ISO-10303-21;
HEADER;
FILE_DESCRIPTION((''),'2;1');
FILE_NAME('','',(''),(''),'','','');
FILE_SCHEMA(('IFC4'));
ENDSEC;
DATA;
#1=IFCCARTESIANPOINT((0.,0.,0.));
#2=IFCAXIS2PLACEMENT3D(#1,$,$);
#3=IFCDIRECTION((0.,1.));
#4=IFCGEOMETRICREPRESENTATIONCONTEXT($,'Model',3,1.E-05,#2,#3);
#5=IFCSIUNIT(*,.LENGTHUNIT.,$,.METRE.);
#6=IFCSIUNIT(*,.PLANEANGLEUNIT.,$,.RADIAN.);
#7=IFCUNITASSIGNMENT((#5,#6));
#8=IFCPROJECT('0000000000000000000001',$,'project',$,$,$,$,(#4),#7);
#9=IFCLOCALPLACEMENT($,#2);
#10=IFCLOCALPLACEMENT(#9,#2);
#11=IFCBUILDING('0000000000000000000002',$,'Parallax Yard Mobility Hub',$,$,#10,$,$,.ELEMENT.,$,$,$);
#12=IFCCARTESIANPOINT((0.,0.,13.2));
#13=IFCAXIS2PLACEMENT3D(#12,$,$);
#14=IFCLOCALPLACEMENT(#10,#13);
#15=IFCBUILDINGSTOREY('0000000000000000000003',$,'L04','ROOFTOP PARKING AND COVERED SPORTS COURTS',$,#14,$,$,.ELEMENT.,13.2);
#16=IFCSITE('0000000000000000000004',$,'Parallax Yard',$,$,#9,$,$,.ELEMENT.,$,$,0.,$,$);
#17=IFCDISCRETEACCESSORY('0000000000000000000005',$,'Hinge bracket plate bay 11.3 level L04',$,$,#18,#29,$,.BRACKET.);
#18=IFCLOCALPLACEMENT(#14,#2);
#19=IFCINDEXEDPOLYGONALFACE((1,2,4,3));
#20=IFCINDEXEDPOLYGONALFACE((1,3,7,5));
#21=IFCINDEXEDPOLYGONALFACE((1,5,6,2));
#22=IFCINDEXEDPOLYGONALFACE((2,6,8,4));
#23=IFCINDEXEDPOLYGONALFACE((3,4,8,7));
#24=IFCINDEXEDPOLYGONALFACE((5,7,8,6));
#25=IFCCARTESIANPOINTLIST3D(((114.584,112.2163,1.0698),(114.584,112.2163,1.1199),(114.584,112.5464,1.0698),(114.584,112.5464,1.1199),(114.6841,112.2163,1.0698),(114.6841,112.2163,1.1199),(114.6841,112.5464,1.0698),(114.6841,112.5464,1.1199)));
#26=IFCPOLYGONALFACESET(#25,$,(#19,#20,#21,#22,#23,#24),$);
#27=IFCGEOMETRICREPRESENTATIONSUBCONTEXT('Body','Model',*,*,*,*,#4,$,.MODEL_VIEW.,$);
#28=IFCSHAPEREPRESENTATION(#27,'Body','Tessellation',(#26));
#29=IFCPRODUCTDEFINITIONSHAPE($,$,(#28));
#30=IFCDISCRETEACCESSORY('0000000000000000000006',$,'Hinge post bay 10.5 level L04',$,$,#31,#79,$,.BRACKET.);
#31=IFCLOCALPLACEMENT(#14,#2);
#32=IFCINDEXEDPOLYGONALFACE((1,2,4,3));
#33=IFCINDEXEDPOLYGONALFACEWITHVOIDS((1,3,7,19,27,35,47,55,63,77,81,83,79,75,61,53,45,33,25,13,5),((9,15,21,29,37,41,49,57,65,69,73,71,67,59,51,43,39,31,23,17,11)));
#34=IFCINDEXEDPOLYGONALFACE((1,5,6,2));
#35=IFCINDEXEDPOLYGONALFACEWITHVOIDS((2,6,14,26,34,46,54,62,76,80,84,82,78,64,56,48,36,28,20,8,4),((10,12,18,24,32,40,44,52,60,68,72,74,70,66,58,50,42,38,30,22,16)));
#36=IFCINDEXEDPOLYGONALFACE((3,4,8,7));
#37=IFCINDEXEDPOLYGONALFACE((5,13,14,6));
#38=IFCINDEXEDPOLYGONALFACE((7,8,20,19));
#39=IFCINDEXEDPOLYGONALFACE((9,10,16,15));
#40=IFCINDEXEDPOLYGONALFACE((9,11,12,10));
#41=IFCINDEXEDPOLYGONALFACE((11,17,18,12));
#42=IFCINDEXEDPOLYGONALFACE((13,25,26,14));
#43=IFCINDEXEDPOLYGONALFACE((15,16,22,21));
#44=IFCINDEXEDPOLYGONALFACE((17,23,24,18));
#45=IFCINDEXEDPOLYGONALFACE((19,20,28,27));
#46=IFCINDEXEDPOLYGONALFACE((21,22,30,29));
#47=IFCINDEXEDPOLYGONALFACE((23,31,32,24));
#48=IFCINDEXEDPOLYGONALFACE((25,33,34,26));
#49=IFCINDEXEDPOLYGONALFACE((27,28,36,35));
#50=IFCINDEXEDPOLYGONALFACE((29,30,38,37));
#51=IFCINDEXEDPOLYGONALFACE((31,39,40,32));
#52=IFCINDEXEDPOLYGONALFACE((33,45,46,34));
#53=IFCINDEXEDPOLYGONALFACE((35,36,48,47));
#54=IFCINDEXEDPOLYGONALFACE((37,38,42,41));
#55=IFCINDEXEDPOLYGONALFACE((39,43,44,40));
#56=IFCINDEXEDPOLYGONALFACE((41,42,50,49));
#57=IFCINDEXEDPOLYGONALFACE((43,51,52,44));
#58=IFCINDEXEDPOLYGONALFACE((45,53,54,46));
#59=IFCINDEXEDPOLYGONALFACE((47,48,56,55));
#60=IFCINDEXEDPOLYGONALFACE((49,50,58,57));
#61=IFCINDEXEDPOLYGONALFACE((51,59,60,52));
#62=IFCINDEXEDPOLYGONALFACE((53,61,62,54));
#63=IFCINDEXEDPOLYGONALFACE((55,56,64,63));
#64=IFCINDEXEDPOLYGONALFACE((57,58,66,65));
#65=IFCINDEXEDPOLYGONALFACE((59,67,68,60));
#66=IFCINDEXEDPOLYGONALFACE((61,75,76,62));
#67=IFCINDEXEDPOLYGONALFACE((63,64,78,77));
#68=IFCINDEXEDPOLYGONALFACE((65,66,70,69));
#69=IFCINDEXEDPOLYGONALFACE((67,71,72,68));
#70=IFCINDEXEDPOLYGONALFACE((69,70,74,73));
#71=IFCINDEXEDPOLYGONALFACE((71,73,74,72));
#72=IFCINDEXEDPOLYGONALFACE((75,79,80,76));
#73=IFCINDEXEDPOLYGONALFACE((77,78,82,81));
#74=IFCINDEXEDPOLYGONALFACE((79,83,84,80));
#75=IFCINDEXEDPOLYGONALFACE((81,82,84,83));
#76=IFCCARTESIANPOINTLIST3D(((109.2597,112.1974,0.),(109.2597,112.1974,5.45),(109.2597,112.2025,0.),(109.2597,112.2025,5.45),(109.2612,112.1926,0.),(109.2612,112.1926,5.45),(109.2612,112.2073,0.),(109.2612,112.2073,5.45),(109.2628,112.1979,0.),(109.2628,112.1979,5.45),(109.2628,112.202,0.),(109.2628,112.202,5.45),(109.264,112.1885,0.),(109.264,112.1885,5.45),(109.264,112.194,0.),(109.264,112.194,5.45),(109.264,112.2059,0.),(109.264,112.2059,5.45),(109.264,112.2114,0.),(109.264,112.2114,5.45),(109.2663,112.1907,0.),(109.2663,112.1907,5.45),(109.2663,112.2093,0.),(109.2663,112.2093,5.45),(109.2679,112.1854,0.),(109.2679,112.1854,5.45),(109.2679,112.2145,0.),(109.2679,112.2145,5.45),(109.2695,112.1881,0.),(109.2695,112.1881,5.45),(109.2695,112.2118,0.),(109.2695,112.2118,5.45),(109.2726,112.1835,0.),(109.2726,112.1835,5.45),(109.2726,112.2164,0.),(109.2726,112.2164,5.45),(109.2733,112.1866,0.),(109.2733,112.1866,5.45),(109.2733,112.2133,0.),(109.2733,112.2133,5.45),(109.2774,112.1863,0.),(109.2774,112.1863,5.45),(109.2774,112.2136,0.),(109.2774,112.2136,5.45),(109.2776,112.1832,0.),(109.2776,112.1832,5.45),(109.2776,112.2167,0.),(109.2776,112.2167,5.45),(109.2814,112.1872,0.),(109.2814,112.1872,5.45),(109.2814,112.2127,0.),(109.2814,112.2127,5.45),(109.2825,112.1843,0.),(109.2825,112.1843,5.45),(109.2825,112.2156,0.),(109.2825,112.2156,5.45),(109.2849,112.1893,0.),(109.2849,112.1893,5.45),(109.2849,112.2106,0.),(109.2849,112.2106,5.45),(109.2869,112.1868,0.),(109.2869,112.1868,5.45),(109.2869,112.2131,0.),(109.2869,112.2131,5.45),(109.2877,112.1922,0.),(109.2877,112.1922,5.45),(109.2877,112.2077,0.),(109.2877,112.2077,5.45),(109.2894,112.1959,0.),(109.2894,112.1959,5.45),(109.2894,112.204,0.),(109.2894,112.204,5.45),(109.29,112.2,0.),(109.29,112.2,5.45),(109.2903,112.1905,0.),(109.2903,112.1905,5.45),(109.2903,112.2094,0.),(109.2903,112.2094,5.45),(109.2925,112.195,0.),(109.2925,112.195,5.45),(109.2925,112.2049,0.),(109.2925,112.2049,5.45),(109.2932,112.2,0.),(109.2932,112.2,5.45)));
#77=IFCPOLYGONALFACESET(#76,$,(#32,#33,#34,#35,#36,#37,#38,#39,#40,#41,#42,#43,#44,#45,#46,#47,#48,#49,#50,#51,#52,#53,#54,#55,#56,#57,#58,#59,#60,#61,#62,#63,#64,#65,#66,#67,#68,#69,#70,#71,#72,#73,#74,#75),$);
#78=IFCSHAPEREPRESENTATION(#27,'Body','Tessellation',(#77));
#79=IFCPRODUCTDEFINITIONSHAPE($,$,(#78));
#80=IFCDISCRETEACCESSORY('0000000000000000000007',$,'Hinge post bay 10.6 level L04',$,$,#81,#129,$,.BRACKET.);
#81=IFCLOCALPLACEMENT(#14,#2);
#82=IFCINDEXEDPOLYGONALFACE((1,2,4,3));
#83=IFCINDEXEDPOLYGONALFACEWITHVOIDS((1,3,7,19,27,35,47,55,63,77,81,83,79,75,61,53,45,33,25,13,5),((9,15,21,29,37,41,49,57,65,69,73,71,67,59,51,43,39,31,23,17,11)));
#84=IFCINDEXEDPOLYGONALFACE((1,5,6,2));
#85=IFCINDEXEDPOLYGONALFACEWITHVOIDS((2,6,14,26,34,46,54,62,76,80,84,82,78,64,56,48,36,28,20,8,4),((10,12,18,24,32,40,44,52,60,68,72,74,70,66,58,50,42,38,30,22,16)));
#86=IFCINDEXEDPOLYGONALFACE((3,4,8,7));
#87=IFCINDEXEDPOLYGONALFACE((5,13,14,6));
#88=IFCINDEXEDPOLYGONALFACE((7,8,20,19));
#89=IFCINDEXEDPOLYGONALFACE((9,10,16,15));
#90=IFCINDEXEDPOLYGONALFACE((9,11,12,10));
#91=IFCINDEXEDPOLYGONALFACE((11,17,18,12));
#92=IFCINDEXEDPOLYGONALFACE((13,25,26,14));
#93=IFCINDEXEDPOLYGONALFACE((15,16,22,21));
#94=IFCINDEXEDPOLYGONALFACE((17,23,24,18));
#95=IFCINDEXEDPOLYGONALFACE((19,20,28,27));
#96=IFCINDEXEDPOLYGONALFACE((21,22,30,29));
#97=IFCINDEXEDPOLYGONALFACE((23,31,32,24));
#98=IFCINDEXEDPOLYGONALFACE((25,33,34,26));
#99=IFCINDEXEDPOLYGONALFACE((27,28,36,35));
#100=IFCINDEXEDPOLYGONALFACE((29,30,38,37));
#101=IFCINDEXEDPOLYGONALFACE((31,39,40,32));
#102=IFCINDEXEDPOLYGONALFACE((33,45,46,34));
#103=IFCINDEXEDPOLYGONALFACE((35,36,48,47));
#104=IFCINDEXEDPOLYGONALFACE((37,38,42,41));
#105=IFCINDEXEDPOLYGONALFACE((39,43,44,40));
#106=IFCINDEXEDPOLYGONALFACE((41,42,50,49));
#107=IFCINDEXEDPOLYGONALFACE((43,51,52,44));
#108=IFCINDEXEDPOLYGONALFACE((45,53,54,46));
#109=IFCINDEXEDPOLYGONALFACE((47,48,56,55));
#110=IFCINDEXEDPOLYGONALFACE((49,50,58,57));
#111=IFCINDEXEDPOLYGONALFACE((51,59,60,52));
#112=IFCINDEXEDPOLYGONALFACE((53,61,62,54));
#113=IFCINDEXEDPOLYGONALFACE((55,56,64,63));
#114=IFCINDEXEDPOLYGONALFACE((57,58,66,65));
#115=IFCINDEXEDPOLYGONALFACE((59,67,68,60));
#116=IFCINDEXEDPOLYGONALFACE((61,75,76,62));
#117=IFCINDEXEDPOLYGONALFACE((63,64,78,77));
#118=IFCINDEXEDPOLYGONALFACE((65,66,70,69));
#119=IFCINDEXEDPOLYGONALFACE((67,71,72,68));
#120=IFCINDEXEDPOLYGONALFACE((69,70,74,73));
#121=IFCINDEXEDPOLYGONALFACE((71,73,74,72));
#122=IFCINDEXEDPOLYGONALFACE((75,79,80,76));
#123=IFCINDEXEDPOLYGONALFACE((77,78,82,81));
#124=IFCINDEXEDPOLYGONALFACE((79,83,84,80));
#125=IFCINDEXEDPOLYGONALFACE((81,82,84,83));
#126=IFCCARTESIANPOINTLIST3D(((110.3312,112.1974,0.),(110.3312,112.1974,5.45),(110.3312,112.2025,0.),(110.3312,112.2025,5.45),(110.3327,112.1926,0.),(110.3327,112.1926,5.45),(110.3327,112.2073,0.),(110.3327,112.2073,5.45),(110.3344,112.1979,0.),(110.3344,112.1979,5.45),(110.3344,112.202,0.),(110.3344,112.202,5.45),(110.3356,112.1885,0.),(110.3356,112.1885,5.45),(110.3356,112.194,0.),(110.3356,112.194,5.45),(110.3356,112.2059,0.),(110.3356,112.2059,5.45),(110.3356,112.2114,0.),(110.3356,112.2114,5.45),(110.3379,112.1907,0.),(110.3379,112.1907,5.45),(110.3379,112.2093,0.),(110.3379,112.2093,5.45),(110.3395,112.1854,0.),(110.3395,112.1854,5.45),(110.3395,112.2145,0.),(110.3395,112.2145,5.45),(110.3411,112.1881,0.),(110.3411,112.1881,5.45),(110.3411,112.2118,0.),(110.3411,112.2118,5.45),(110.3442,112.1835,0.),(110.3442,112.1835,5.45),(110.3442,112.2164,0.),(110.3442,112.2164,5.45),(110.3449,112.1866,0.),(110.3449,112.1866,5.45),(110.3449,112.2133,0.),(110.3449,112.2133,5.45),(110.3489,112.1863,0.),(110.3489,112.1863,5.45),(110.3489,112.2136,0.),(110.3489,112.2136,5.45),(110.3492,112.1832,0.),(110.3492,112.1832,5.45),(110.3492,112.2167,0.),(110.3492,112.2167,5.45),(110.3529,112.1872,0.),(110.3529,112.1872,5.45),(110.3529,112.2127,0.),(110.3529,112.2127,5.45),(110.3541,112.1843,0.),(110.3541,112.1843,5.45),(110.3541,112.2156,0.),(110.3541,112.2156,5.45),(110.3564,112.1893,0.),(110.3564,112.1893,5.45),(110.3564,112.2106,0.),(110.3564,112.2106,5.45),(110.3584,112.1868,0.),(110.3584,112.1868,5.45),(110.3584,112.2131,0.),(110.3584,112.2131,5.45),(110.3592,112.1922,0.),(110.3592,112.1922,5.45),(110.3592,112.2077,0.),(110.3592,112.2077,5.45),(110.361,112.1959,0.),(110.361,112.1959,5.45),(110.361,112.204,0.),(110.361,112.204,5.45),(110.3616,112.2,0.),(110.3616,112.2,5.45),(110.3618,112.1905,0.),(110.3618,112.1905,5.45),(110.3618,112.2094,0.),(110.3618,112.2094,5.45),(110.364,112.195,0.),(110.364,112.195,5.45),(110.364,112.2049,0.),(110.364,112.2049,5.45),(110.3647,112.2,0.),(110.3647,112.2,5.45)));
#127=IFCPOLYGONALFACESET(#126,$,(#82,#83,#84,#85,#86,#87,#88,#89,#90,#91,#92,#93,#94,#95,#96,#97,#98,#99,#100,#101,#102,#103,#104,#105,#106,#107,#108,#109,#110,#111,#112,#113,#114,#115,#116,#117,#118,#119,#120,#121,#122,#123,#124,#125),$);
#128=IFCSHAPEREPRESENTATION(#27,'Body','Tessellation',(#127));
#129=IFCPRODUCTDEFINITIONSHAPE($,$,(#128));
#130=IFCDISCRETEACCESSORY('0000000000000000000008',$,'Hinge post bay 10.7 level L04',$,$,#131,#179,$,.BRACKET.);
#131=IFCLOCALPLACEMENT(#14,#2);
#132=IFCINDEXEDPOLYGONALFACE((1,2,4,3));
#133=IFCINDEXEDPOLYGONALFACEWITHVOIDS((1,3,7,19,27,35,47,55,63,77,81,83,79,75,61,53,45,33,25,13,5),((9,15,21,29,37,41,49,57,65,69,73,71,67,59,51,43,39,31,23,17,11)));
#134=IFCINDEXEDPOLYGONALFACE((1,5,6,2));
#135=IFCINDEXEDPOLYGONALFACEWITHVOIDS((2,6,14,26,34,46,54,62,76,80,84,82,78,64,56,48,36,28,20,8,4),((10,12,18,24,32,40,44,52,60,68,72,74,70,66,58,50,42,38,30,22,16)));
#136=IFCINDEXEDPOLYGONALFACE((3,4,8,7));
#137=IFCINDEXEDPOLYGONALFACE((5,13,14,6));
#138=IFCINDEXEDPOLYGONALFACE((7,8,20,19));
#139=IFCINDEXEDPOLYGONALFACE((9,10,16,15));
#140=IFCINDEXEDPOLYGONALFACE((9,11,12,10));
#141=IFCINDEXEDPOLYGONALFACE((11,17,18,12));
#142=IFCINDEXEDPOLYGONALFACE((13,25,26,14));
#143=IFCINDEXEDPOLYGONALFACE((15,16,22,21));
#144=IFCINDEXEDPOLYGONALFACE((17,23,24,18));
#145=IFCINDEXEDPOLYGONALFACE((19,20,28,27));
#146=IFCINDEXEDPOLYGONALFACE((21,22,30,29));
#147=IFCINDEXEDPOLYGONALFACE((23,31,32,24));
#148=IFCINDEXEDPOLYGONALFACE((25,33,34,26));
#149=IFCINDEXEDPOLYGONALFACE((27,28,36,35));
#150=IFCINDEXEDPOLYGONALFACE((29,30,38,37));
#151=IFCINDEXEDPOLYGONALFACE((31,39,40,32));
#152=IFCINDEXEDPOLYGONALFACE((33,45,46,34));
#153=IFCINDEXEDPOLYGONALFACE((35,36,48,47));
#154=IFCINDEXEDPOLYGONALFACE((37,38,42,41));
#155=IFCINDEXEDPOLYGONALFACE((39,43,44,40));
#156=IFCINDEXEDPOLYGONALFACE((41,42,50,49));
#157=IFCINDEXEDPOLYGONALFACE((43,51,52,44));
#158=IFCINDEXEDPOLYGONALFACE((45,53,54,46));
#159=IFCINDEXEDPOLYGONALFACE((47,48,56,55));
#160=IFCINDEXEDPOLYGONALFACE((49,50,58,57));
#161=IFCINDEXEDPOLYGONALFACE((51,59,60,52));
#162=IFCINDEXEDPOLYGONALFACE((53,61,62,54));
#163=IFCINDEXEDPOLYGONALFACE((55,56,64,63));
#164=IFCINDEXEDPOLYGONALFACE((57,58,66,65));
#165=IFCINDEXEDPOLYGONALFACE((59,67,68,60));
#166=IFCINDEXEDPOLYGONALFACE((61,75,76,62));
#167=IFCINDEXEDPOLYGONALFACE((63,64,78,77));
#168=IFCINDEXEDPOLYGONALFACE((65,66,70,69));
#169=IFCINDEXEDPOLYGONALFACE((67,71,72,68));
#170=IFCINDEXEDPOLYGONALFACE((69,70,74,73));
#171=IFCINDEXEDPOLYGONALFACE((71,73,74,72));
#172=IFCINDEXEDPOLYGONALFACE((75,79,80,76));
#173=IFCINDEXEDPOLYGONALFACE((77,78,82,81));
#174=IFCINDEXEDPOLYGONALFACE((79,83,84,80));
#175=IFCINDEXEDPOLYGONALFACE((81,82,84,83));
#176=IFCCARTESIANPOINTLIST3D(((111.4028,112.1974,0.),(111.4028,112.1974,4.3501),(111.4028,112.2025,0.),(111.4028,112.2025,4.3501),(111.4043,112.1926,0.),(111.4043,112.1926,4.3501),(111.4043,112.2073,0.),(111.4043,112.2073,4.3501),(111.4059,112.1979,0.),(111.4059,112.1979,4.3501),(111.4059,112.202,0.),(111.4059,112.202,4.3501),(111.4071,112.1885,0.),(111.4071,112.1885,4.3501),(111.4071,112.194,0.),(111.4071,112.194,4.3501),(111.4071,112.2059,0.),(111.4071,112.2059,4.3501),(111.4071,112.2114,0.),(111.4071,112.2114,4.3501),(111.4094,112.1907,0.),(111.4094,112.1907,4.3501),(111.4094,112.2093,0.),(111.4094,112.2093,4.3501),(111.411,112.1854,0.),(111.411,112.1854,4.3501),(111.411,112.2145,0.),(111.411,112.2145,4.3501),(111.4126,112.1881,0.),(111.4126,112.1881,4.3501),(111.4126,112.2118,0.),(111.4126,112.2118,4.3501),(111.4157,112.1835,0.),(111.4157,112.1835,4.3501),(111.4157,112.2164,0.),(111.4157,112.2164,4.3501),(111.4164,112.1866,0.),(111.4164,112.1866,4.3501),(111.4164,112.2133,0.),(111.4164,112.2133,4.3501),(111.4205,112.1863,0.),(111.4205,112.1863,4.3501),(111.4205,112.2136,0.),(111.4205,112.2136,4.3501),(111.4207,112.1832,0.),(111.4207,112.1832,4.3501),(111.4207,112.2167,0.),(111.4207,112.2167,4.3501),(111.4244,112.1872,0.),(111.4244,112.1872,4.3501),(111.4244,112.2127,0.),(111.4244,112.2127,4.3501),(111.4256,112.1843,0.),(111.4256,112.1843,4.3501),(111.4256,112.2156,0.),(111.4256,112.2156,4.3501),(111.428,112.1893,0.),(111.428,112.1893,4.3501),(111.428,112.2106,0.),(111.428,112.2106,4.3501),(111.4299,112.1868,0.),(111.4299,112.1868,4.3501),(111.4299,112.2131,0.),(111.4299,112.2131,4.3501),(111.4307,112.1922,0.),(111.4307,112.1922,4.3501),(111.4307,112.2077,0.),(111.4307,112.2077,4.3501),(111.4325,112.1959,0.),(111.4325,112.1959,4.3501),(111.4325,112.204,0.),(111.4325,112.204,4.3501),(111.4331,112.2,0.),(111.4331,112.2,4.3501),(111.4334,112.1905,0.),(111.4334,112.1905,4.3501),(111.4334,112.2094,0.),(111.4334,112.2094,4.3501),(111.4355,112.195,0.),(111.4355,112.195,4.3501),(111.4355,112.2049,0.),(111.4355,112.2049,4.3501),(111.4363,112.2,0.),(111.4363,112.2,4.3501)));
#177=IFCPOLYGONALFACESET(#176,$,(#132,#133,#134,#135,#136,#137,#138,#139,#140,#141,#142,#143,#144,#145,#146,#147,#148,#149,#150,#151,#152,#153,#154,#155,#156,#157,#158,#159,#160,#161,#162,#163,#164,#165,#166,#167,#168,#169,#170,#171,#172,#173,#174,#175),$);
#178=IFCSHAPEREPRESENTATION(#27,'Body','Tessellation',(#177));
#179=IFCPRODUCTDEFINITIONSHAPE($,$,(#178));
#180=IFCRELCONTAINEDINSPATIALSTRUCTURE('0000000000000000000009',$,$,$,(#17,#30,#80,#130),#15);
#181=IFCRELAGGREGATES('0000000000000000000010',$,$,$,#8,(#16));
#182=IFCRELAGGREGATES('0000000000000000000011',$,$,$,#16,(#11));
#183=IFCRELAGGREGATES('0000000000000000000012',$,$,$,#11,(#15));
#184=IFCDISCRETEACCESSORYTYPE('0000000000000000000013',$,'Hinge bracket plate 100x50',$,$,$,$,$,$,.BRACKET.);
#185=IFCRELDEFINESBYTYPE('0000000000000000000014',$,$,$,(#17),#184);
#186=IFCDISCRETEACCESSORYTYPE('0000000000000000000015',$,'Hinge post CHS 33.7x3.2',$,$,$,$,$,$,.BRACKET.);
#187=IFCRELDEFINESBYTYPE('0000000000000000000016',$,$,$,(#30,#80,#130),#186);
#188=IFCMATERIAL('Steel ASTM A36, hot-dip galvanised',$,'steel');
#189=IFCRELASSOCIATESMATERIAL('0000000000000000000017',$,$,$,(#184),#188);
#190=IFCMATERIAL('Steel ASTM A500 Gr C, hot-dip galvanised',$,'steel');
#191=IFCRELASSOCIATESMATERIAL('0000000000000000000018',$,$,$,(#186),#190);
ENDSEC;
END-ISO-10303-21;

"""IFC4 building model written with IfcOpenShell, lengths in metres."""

from ifc_helpers import new_model, si_unit, direction, frame, origin, origin_2d, place, context, subcontext, project, spatial, rectangle, hollow_circle, extrude, material, material_profile, profile_set, type_object, element, save


model = new_model("IFC4")

# Units and contexts
model_context = context("Model", 3, precision=1e-05, world=origin(), true_north=direction((0.0, 1.0)))
body_context = subcontext(model_context, "Body", "Model", "MODEL_VIEW")
ifc_project = project(units=[si_unit("LENGTHUNIT", "METRE"), si_unit("PLANEANGLEUNIT", "RADIAN")], contexts=[model_context])

# Site, building, storey
site_placement = place(None, origin())
site = spatial("IfcSite", under=ifc_project, at=site_placement, Name="Parallax Yard", CompositionType="ELEMENT", RefElevation=0.0)
building_placement = place(site_placement, origin())
building = spatial("IfcBuilding", under=site, at=building_placement, Name="Parallax Yard Mobility Hub", CompositionType="ELEMENT")
storey_placement = place(building_placement, frame((0.0, 0.0, 13.2)))
storey = spatial("IfcBuildingStorey", under=building, at=storey_placement, Name="L04", Description="ROOFTOP PARKING AND COVERED SPORTS COURTS", CompositionType="ELEMENT", Elevation=13.2)

# Discrete accessories
ifc_material_1 = material(Name="Steel ASTM A36, hot-dip galvanised", Category="steel")
discrete_accessory_type_1 = type_object("IfcDiscreteAccessoryType", Name="Hinge bracket plate 100x50", PredefinedType="BRACKET", material=ifc_material_1)
discrete_accessory_1_placement = place(storey_placement, frame((114.634, 112.3813, 1.0698), z_axis=(0.0, 0.0, 1.0), x_axis=(0.0, -1.0, 0.0)))
element("IfcDiscreteAccessory", 1, at=discrete_accessory_1_placement, inside=storey, type_object=discrete_accessory_type_1, Name="Hinge bracket plate bay 11.3 level L04", PredefinedType="BRACKET", context=body_context, shape_type="SweptSolid", body=[
    extrude(rectangle(XDim=0.3301, YDim=0.1001, at=origin_2d()), origin(), (0.0, 0.0, 1.0), 0.05),
])
ifc_material_2 = material(Name="Steel ASTM A500 Gr C, hot-dip galvanised", Category="steel")
ifc_material_profile_1 = material_profile(ifc_material_2, hollow_circle(Radius=0.0168, WallThickness=0.0032, at=origin_2d()), Name="CHS 33.7x3.2")
ifc_profile_set_1 = profile_set([ifc_material_profile_1], Name="Steel ASTM A500 Gr C, hot-dip galvanised")
discrete_accessory_type_2 = type_object("IfcDiscreteAccessoryType", Name="Hinge post CHS 33.7x3.2", PredefinedType="BRACKET", material=ifc_profile_set_1)
for number, where, z_axis, x_axis, name in (
    (2, (109.2764, 112.2, 0.0), (0.0, 0.0, 1.0), (1.0, 0.0, 0.0), "Hinge post bay 10.5 level L04"),
    (3, (110.3479, 112.2, 0.0), (0.0, 0.0, 1.0), (1.0, 0.0, 0.0), "Hinge post bay 10.6 level L04"),
):
    element("IfcDiscreteAccessory", number, at=place(storey_placement, frame(where, z_axis=z_axis, x_axis=x_axis)), inside=storey, type_object=discrete_accessory_type_2, Name=name, PredefinedType="BRACKET", context=body_context, shape_type="SweptSolid", body=[
        extrude(hollow_circle(Radius=0.0168, WallThickness=0.0032, at=origin_2d()), origin(), (0.0, 0.0, 1.0), 5.45),
    ])
discrete_accessory_2_placement = place(storey_placement, frame((111.4194, 112.2, 0.0), z_axis=(0.0, 0.0, 1.0), x_axis=(1.0, 0.0, 0.0)))
element("IfcDiscreteAccessory", 4, at=discrete_accessory_2_placement, inside=storey, type_object=discrete_accessory_type_2, Name="Hinge post bay 10.7 level L04", PredefinedType="BRACKET", context=body_context, shape_type="SweptSolid", body=[
    extrude(hollow_circle(Radius=0.0168, WallThickness=0.0032, at=origin_2d()), origin(), (0.0, 0.0, 1.0), 4.3501),
])

save(model, "model.ifc")
